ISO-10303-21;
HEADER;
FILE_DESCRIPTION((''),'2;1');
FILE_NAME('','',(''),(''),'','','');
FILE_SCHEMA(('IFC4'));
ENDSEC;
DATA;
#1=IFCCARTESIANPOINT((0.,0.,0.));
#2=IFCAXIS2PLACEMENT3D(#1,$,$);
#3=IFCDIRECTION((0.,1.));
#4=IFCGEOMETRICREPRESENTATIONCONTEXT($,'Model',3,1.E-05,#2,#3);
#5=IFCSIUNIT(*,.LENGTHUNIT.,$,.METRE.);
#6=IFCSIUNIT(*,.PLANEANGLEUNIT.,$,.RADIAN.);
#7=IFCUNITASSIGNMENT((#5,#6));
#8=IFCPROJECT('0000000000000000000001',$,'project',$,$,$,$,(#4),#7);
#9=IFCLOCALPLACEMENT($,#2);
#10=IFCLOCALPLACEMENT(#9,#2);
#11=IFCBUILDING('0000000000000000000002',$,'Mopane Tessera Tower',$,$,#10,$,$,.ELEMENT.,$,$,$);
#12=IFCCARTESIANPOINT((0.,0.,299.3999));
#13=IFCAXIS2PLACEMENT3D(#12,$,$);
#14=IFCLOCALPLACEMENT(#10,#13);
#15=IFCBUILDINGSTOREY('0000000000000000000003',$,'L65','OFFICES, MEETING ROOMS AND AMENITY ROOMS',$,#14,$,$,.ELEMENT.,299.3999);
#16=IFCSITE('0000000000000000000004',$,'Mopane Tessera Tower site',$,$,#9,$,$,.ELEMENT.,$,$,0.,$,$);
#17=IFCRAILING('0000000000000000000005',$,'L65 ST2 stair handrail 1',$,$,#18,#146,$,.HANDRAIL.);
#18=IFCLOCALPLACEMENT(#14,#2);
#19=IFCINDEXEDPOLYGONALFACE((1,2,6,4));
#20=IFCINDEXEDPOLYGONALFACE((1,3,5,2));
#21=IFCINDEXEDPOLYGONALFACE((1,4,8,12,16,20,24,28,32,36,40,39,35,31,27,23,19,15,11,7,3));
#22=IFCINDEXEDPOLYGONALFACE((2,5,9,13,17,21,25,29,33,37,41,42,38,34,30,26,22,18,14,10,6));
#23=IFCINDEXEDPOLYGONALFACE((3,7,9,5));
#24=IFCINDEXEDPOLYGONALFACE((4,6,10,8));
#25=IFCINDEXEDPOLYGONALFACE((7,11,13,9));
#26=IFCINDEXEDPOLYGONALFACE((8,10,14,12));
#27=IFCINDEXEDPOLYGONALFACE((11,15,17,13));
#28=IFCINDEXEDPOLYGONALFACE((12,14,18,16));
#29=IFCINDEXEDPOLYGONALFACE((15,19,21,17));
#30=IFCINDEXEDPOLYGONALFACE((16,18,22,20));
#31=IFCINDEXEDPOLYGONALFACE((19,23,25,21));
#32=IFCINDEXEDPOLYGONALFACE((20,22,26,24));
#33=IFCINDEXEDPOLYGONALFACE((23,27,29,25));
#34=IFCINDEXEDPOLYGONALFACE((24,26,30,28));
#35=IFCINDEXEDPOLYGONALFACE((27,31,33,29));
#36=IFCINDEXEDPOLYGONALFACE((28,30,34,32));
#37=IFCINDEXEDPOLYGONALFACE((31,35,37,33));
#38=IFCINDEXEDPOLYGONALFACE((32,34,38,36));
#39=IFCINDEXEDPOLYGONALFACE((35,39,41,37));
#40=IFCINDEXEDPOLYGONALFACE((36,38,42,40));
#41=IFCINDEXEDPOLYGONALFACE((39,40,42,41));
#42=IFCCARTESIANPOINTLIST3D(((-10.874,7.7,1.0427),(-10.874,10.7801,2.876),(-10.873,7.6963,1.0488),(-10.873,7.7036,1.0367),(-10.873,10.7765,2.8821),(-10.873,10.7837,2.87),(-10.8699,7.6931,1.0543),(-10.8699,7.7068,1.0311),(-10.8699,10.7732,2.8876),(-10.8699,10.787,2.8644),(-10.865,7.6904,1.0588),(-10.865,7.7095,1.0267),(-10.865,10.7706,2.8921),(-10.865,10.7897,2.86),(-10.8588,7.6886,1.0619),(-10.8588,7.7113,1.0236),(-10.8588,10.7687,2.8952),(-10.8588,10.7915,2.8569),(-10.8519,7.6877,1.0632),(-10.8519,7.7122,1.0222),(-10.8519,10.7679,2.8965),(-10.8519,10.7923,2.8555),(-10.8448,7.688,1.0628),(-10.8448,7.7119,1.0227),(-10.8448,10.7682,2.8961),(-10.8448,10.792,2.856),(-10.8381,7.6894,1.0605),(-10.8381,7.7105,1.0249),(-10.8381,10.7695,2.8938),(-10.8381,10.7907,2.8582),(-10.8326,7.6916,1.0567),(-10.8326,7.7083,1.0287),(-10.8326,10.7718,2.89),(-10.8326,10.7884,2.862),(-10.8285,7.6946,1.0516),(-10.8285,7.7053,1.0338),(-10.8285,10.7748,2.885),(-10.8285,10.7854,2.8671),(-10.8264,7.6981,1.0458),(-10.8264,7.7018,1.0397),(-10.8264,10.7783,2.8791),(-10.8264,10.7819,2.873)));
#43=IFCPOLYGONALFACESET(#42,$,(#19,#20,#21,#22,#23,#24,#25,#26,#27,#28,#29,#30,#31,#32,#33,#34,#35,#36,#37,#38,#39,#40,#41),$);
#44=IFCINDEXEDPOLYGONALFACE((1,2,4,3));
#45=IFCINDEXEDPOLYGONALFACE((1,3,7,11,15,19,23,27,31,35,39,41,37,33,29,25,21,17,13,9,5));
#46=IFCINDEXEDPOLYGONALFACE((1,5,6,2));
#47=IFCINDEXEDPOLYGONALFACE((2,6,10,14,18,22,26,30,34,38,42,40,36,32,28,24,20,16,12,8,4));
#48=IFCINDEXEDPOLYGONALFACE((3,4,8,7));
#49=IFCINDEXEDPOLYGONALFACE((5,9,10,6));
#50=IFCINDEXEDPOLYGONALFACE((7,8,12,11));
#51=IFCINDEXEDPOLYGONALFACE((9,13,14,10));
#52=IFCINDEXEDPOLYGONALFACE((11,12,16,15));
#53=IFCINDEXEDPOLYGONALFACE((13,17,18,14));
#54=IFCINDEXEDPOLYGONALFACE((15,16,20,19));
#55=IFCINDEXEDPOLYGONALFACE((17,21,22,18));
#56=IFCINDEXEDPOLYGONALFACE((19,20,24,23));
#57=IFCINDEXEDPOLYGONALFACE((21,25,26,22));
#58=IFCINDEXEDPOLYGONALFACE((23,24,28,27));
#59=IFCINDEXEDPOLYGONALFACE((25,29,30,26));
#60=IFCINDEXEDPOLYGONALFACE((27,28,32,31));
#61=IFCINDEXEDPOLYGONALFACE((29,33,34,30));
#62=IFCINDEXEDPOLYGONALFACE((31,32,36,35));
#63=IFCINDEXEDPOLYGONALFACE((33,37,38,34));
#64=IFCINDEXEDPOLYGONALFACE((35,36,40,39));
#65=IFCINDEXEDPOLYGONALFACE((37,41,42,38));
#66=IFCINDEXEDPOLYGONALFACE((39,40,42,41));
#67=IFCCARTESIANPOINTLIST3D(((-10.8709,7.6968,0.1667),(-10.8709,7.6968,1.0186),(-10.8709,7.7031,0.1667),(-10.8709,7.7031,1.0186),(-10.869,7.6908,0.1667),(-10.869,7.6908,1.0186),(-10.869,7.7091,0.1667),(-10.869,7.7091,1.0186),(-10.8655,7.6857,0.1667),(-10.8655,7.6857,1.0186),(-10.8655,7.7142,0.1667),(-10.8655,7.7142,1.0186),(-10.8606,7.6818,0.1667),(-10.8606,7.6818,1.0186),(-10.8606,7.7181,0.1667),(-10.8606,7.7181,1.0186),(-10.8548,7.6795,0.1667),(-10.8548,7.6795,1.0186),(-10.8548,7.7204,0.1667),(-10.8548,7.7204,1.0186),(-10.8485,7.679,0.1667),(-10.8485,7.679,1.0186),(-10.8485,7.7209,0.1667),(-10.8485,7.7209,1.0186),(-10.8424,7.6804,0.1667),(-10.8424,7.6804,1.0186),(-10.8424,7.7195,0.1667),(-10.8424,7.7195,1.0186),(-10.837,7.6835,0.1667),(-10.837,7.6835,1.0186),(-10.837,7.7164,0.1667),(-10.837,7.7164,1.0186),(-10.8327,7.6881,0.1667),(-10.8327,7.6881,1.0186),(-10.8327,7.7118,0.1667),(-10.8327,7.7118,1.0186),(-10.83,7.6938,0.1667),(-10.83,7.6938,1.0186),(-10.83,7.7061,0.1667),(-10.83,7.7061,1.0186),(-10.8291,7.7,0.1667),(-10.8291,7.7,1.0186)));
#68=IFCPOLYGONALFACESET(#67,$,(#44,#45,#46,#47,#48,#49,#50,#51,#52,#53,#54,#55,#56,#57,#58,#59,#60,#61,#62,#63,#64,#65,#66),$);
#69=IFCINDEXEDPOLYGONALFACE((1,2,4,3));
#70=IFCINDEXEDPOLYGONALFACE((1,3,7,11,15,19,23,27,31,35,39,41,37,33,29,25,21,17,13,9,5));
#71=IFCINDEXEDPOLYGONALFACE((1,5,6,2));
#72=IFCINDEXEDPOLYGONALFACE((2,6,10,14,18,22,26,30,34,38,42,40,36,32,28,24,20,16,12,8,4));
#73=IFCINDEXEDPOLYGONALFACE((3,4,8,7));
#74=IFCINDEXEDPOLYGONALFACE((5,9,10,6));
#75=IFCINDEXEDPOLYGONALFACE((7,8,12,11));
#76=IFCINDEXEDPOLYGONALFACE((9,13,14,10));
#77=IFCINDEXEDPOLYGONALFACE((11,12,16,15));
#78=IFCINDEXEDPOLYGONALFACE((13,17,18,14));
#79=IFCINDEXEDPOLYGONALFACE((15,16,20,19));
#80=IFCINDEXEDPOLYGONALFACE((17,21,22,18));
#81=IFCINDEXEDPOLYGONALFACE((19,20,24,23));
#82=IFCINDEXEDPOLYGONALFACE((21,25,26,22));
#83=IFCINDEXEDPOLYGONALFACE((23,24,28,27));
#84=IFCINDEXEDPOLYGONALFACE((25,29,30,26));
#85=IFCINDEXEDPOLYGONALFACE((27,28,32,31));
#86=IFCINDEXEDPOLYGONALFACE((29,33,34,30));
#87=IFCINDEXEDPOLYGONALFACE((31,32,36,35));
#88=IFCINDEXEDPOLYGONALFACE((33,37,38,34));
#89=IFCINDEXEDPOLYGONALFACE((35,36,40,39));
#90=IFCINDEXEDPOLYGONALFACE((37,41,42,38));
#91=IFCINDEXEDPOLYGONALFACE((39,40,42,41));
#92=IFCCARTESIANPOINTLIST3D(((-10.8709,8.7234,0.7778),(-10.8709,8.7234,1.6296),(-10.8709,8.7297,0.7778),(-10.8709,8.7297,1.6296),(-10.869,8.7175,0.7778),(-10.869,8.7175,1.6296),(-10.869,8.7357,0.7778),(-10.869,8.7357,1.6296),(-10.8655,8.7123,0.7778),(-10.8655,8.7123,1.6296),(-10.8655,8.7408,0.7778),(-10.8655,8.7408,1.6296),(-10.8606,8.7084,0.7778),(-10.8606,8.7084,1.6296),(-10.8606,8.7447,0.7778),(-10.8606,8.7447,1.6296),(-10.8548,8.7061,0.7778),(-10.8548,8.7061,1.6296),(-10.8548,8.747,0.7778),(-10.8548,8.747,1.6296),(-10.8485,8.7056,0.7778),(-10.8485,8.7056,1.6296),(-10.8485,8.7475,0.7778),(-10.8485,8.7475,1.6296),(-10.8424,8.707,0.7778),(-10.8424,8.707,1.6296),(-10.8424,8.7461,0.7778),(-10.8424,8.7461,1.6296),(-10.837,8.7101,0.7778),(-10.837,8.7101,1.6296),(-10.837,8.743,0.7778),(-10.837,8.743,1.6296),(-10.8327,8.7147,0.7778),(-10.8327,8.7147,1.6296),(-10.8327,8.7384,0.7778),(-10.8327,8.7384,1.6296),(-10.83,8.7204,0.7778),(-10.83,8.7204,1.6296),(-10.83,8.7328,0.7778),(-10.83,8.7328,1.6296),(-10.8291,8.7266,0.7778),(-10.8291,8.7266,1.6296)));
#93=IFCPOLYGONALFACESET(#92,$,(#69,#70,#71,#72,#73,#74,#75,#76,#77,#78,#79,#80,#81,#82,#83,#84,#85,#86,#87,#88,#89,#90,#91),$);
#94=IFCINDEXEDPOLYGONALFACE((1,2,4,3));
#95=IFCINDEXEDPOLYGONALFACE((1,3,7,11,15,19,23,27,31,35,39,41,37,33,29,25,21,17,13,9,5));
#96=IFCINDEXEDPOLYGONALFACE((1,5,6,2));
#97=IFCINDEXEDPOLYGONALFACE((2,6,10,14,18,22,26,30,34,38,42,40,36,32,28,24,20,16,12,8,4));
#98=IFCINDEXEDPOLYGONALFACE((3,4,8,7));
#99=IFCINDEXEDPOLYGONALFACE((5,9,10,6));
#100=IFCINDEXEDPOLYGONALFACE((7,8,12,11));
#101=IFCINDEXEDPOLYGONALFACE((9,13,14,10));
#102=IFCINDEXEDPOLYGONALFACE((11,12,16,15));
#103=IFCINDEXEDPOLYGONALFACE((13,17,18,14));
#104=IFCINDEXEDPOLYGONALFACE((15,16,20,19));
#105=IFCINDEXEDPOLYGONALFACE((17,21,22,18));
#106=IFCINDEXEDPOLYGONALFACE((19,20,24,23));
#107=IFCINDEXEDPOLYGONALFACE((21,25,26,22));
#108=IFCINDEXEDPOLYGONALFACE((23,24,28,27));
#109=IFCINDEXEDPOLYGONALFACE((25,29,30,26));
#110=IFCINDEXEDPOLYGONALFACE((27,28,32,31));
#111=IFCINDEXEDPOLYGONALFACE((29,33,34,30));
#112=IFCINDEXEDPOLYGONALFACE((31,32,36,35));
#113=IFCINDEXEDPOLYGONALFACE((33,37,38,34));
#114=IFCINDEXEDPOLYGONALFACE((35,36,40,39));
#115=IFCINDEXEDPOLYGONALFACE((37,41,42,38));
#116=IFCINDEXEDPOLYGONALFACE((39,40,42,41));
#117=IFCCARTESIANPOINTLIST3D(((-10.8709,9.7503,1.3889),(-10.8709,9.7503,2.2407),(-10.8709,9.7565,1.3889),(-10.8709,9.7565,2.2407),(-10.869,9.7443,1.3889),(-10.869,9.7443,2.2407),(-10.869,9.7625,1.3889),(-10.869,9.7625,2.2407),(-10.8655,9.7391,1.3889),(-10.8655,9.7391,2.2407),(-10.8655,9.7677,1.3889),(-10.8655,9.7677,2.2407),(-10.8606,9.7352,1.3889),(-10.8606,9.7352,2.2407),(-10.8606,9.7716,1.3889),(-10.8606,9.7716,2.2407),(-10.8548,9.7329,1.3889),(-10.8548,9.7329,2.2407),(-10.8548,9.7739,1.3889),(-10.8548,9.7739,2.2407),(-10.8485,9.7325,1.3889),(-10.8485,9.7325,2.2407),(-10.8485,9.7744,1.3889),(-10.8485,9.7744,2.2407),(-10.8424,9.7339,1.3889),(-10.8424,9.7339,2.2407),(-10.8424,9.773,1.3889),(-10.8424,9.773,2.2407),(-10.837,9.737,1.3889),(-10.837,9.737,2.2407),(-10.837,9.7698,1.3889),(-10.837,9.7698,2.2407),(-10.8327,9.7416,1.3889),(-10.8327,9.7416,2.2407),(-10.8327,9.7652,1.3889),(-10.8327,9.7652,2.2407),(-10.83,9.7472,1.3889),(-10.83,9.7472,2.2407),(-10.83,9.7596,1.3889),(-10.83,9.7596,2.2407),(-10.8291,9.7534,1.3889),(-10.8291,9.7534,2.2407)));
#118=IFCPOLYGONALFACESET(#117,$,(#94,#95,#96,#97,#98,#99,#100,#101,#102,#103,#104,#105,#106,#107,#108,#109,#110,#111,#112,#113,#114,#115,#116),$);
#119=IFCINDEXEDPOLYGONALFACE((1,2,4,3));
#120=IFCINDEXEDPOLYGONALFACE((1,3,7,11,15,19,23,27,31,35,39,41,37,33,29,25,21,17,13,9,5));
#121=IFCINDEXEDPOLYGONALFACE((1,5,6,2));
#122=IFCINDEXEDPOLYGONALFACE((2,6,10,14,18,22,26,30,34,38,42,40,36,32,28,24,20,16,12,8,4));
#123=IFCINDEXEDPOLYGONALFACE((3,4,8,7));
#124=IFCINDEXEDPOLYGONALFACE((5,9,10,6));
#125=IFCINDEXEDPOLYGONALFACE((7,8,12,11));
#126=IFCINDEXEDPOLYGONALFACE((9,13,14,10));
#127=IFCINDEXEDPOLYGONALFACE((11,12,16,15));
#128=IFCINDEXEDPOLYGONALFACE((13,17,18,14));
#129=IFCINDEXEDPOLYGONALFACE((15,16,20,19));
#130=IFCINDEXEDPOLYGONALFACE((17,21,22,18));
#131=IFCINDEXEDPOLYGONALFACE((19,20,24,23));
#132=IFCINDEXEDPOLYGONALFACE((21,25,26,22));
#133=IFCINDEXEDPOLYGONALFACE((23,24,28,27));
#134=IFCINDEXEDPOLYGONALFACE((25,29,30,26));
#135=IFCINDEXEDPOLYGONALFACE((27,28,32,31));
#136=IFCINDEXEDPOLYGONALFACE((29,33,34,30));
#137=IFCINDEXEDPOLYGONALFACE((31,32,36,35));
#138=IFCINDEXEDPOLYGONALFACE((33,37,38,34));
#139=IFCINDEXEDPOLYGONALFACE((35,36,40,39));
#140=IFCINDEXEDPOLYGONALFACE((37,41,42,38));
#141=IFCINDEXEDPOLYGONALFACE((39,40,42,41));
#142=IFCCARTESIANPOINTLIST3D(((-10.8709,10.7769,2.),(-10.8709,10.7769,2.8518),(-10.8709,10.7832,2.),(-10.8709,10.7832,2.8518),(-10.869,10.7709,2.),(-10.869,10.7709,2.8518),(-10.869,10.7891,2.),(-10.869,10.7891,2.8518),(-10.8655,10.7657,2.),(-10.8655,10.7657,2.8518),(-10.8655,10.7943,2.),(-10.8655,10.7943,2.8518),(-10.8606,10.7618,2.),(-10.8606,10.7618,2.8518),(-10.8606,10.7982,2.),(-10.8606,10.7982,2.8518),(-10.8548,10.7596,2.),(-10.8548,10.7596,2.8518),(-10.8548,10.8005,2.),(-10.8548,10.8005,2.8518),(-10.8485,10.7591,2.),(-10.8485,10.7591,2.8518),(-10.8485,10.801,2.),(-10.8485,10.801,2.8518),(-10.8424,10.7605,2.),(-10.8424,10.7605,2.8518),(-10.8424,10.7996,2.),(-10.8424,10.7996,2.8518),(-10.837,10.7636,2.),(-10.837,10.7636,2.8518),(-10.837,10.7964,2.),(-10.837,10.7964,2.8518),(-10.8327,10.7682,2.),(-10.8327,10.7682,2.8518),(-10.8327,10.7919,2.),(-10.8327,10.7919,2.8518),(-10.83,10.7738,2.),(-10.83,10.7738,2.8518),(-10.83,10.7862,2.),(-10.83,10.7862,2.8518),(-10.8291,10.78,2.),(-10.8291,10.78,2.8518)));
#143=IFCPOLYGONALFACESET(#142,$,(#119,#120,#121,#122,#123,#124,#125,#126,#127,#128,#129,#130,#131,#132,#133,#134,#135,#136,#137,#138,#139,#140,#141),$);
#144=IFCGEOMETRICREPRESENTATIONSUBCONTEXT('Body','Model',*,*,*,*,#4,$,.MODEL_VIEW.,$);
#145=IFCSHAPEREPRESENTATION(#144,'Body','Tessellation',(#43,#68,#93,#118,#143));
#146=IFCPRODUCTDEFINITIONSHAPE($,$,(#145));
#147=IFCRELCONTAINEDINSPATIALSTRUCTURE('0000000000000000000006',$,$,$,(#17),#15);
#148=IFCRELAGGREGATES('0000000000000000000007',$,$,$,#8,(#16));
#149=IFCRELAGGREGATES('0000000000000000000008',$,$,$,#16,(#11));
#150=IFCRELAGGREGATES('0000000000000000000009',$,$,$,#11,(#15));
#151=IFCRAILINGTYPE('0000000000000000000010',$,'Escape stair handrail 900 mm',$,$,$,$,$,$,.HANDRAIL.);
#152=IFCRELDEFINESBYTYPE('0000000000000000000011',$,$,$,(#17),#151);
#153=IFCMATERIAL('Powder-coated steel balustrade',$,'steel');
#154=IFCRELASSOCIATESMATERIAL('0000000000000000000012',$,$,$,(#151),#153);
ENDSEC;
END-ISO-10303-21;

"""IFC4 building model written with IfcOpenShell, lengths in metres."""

from ifc_helpers import new_model, si_unit, direction, frame, origin, origin_2d, place, context, subcontext, project, spatial, circle, extrude, material, type_object, element, save


model = new_model("IFC4")

# Units and contexts
model_context = context("Model", 3, precision=1e-05, world=origin(), true_north=direction((0.0, 1.0)))
body_context = subcontext(model_context, "Body", "Model", "MODEL_VIEW")
ifc_project = project(units=[si_unit("LENGTHUNIT", "METRE"), si_unit("PLANEANGLEUNIT", "RADIAN")], contexts=[model_context])

# Site, building, storey
site_placement = place(None, origin())
site = spatial("IfcSite", under=ifc_project, at=site_placement, Name="Mopane Tessera Tower site", CompositionType="ELEMENT", RefElevation=0.0)
building_placement = place(site_placement, origin())
building = spatial("IfcBuilding", under=site, at=building_placement, Name="Mopane Tessera Tower", CompositionType="ELEMENT")
storey_placement = place(building_placement, frame((0.0, 0.0, 299.3999)))
storey = spatial("IfcBuildingStorey", under=building, at=storey_placement, Name="L65", Description="OFFICES, MEETING ROOMS AND AMENITY ROOMS", CompositionType="ELEMENT", Elevation=299.3999)

# Railing
ifc_material_1 = material(Name="Powder-coated steel balustrade", Category="steel")
railing_type_1 = type_object("IfcRailingType", Name="Escape stair handrail 900 mm", PredefinedType="HANDRAIL", material=ifc_material_1)
railing_1_placement = place(storey_placement, frame((-10.8501, 7.7, 0.1667)))
element("IfcRailing", 1, at=railing_1_placement, inside=storey, type_object=railing_type_1, Name="L65 ST2 stair handrail 1", PredefinedType="HANDRAIL", context=body_context, shape_type="SweptSolid", body=[
    extrude(circle(Radius=0.0239, at=origin_2d()), frame((0.0, 0.0, 0.876), z_axis=(0.0, 0.859309, 0.511458), x_axis=(-1.0, 0.0, 0.0)), (0.0, 0.0, 1.0), 3.5845),
    extrude(circle(Radius=0.021, at=origin_2d()), origin(), (0.0, 0.0, 1.0), 0.8518),
    extrude(circle(Radius=0.021, at=origin_2d()), frame((0.0, 1.0266, 0.6111)), (0.0, 0.0, 1.0), 0.8518),
    extrude(circle(Radius=0.021, at=origin_2d()), frame((0.0, 2.0535, 1.2222)), (0.0, 0.0, 1.0), 0.8518),
    extrude(circle(Radius=0.021, at=origin_2d()), frame((0.0, 3.0801, 1.8333)), (0.0, 0.0, 1.0), 0.8518),
])

save(model, "model.ifc")
